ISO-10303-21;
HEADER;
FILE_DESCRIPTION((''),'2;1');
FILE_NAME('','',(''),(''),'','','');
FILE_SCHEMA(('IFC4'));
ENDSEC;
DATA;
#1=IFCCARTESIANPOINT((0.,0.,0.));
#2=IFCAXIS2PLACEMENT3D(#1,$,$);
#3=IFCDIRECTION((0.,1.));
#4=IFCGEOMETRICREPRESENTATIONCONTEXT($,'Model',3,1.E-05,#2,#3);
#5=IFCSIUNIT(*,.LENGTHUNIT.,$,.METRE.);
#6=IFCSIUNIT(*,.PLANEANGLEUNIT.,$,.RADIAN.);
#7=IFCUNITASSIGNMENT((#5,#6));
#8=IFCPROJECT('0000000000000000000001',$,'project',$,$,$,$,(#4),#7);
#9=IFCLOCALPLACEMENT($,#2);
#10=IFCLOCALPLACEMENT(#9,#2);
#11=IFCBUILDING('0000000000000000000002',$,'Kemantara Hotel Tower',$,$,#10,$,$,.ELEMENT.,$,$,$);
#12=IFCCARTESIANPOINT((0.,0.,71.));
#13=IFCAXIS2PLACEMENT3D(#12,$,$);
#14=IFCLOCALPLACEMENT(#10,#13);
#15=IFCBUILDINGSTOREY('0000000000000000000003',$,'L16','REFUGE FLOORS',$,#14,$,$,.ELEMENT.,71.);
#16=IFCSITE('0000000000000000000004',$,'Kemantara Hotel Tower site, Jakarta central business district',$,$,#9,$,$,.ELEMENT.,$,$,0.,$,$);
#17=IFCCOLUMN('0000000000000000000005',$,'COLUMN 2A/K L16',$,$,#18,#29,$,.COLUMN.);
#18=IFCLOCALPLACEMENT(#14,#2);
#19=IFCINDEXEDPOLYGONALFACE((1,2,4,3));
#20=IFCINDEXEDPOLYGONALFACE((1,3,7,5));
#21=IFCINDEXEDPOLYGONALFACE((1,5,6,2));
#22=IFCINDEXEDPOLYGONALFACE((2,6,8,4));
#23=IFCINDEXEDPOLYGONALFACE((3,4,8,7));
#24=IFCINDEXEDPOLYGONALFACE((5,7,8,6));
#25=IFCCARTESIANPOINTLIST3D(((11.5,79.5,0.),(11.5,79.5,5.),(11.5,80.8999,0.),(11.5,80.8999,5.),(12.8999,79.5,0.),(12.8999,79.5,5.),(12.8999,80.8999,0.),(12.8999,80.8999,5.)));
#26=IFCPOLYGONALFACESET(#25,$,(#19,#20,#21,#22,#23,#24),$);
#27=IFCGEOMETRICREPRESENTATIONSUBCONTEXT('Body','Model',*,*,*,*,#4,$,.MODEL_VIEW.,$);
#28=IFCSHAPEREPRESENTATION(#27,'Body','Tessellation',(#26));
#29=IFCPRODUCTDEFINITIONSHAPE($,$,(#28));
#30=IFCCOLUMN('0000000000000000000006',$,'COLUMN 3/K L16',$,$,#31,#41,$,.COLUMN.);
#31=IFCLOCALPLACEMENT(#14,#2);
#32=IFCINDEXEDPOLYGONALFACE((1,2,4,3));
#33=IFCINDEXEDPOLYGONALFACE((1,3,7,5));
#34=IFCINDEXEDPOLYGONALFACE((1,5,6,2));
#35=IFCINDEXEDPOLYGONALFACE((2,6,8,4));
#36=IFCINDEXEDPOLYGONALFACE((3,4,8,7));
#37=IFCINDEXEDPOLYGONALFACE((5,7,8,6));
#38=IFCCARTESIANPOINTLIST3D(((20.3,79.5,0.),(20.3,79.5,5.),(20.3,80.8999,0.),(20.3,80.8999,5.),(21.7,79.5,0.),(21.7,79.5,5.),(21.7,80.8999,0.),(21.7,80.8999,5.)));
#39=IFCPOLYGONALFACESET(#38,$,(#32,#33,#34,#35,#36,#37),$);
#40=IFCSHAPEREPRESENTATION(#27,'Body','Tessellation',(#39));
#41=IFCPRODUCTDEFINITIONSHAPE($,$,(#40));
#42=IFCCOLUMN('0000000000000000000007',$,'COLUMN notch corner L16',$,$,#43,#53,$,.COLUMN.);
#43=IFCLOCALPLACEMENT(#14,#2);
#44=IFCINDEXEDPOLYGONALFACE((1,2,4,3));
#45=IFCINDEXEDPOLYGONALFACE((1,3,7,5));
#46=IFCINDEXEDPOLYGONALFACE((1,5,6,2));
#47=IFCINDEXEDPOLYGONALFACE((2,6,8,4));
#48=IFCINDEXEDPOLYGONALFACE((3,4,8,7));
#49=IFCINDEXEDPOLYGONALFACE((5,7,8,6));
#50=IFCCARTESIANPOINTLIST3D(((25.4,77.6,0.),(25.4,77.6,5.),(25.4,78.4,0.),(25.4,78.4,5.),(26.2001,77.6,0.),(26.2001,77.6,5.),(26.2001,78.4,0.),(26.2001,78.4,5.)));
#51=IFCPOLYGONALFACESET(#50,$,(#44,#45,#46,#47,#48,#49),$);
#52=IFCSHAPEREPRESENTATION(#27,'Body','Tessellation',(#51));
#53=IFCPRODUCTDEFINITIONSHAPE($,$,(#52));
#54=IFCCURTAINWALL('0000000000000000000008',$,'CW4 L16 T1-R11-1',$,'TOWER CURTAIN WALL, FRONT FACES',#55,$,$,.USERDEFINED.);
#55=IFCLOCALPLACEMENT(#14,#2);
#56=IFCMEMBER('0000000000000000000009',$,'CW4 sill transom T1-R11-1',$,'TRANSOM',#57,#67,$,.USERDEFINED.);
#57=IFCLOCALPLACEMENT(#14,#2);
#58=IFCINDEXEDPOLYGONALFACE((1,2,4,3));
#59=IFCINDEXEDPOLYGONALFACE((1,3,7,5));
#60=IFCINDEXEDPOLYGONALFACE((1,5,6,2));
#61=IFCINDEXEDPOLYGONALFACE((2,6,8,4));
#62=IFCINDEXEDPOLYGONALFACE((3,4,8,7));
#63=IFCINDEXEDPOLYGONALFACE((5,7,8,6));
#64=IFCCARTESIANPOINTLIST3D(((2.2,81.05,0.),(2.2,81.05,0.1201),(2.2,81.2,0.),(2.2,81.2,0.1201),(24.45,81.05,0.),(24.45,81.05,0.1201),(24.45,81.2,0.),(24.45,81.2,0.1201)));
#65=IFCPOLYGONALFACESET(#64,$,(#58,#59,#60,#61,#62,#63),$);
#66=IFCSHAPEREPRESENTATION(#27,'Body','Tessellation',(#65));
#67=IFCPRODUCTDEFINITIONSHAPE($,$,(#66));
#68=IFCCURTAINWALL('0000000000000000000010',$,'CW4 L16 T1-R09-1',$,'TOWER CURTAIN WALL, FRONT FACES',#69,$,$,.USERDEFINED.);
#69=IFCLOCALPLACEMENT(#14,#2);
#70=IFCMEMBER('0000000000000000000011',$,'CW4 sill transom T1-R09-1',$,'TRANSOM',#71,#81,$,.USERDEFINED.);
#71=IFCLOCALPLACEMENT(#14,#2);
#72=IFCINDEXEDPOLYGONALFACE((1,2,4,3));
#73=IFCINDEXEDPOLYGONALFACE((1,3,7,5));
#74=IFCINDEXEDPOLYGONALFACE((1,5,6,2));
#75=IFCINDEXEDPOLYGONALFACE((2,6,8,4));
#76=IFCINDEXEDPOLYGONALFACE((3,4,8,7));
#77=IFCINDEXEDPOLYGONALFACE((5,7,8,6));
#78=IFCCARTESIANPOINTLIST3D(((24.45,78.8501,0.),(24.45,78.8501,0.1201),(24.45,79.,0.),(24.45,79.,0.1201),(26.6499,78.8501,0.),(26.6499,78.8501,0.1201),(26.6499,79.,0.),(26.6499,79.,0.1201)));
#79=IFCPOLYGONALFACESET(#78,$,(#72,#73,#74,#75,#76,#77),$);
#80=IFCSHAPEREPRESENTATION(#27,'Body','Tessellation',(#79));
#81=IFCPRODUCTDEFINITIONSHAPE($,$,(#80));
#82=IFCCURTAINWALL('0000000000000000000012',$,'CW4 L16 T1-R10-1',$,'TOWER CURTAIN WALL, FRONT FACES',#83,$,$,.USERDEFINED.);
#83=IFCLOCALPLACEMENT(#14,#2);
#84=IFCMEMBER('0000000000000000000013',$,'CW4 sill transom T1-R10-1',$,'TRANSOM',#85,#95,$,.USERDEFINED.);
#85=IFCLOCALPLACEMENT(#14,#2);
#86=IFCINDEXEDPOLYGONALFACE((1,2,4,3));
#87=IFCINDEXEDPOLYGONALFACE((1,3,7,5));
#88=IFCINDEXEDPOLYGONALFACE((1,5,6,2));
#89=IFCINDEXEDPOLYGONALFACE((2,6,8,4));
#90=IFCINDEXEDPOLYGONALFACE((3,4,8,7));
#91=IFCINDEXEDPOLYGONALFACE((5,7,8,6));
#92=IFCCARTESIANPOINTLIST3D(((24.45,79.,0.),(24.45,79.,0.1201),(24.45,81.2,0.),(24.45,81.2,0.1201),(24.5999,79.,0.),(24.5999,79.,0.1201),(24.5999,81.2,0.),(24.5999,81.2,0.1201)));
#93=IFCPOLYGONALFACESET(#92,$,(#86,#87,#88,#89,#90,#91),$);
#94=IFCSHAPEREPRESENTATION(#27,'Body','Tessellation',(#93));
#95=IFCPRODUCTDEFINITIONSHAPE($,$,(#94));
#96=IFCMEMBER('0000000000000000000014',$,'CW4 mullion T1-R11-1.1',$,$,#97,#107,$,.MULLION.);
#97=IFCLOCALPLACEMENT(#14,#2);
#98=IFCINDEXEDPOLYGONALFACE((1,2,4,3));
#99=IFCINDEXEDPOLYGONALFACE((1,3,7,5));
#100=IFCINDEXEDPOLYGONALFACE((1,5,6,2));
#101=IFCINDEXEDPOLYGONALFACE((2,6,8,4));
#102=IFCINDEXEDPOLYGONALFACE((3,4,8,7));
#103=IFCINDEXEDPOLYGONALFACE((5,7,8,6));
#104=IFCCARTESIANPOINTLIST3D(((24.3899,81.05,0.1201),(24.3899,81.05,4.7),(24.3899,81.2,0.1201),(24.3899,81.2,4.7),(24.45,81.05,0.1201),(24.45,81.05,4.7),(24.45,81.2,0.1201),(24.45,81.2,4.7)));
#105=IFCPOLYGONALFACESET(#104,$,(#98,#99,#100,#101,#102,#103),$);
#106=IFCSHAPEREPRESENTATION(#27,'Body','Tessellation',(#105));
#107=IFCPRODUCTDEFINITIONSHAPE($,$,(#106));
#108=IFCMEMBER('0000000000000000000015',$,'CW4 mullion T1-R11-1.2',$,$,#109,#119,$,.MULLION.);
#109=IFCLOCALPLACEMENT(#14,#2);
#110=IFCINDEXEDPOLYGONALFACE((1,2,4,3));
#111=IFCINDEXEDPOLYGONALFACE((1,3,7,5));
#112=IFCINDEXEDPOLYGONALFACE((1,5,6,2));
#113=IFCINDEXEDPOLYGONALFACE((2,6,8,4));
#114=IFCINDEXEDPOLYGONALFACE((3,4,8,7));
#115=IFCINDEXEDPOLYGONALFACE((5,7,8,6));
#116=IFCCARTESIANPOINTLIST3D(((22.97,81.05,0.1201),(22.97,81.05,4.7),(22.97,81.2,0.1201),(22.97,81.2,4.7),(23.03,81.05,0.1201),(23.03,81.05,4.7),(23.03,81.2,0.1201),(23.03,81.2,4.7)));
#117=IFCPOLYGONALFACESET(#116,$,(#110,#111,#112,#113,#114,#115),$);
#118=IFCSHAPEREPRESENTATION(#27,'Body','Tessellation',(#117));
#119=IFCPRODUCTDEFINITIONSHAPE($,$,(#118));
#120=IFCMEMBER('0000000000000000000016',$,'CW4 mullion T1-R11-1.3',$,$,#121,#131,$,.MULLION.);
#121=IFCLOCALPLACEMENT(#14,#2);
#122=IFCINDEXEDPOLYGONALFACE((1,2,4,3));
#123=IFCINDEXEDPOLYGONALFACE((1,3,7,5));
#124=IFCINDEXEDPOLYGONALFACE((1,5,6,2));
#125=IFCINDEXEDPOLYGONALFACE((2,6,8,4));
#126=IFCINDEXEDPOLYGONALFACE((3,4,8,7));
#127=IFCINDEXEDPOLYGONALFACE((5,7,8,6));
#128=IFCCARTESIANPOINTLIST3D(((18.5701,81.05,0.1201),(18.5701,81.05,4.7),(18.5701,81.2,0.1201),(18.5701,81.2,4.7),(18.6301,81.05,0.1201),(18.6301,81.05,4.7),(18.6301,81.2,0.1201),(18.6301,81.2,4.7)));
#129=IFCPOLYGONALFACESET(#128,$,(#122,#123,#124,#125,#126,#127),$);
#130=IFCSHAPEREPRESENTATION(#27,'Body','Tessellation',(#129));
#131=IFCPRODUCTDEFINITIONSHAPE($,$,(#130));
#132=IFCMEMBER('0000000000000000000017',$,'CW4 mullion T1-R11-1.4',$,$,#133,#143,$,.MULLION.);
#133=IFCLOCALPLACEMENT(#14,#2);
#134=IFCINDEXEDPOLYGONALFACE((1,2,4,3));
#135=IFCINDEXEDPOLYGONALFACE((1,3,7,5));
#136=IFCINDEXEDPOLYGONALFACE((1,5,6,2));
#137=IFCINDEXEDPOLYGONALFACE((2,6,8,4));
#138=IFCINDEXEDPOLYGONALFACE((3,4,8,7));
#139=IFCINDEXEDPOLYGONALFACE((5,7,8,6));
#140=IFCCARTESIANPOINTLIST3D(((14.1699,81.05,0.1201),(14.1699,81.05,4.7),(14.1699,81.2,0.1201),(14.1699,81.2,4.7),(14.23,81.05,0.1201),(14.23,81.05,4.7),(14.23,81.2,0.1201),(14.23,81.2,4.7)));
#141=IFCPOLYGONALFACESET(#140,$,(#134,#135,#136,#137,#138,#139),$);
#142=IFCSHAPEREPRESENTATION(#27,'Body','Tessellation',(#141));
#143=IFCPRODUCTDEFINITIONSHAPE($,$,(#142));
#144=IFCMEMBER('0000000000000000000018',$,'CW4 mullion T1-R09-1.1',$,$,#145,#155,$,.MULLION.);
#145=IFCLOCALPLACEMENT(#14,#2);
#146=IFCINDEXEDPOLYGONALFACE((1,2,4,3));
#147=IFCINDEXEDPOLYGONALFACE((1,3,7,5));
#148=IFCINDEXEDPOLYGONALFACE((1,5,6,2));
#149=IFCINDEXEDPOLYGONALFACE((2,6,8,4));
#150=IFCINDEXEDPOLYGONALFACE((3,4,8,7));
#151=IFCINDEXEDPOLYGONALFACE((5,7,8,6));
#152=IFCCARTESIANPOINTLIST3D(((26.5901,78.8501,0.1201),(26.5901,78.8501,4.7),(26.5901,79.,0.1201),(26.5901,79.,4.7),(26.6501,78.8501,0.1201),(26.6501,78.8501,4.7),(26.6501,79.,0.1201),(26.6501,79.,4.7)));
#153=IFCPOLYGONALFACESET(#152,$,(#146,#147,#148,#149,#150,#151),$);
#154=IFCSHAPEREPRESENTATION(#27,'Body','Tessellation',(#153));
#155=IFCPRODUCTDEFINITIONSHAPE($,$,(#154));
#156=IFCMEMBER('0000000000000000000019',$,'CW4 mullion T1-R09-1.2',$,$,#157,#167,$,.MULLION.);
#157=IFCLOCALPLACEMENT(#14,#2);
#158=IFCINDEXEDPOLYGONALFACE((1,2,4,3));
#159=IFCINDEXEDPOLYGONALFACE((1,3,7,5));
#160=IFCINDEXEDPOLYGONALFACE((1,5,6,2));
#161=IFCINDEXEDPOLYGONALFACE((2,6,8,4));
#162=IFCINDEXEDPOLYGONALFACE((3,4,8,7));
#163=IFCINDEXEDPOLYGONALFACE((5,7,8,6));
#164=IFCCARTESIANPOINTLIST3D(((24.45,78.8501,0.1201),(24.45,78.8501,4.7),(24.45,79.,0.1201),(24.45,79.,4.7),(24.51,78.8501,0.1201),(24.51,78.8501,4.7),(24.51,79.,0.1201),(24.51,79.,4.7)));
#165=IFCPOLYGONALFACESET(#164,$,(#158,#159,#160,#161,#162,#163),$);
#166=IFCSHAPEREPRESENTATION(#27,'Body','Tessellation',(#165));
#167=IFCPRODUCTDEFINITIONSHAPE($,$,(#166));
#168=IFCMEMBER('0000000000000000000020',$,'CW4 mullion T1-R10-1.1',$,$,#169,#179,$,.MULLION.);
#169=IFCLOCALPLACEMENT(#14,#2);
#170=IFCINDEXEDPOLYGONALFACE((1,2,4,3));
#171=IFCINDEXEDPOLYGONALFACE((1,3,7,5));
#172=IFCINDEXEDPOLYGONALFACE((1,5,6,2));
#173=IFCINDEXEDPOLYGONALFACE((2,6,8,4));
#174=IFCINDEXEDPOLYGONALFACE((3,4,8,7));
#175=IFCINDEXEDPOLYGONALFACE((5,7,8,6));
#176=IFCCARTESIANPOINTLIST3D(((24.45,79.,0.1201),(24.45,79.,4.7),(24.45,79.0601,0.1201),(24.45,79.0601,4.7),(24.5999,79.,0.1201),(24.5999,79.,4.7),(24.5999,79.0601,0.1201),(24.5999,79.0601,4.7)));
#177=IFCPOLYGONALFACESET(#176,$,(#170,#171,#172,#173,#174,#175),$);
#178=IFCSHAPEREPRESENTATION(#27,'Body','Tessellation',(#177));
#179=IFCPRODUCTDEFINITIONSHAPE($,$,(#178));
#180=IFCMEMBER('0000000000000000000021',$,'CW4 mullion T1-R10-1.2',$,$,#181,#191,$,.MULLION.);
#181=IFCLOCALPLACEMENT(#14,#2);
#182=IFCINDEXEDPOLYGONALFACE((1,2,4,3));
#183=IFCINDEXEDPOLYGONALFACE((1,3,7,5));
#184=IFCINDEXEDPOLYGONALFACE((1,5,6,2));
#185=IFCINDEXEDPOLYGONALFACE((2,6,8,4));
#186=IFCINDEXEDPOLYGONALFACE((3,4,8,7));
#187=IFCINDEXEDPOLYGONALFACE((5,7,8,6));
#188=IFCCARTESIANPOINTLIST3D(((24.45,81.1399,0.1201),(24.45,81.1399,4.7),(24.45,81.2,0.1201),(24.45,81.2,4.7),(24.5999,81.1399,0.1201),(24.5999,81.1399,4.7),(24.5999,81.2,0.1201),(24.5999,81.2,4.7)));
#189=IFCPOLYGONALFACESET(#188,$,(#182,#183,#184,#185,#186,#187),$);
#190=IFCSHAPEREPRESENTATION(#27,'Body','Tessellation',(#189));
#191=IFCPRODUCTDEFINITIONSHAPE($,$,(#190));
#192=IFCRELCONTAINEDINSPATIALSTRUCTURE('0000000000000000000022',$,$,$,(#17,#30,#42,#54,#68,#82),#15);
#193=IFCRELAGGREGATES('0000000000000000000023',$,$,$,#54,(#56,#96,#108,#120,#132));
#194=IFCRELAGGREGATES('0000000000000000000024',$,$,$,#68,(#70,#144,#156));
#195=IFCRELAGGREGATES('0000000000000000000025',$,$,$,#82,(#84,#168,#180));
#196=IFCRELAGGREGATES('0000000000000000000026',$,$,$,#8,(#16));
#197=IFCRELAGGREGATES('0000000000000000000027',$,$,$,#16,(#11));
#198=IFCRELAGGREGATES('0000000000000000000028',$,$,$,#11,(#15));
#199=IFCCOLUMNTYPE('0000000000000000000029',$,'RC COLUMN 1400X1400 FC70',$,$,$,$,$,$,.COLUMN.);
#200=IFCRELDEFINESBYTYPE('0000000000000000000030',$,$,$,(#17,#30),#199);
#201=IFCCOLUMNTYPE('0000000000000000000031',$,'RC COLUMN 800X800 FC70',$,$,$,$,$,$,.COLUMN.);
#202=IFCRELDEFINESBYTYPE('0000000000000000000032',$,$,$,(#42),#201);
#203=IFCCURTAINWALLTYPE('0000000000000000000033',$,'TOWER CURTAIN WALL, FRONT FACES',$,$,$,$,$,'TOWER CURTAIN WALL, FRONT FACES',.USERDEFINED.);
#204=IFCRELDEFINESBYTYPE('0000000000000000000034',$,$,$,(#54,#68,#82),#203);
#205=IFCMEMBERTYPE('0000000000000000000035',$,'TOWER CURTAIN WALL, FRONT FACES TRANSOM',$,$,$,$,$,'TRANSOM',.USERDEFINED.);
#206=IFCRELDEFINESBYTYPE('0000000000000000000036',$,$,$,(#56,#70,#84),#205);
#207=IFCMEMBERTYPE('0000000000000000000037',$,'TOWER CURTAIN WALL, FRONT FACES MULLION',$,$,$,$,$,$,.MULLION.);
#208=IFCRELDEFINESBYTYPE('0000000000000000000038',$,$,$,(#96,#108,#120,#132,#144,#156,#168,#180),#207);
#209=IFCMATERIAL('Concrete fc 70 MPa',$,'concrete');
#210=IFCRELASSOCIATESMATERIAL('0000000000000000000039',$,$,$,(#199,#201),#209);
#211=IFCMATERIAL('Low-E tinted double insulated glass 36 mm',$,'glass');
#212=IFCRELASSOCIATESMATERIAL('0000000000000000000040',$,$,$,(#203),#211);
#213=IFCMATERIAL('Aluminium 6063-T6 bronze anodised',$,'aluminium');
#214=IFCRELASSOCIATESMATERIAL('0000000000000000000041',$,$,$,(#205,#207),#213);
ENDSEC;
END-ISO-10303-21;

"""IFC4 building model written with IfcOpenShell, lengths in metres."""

from ifc_helpers import new_model, si_unit, direction, frame, origin, origin_2d, place, context, subcontext, project, spatial, rectangle, extrude, source, transform, mapped, material, material_profile, profile_set, type_object, element, aggregate, save


model = new_model("IFC4")

# Units and contexts
model_context = context("Model", 3, precision=1e-05, world=origin(), true_north=direction((0.0, 1.0)))
body_context = subcontext(model_context, "Body", "Model", "MODEL_VIEW")
ifc_project = project(units=[si_unit("LENGTHUNIT", "METRE"), si_unit("PLANEANGLEUNIT", "RADIAN")], contexts=[model_context])

# Site, building, storey
site_placement = place(None, origin())
site = spatial("IfcSite", under=ifc_project, at=site_placement, Name="Kemantara Hotel Tower site, Jakarta central business district", CompositionType="ELEMENT", RefElevation=0.0)
building_placement = place(site_placement, origin())
building = spatial("IfcBuilding", under=site, at=building_placement, Name="Kemantara Hotel Tower", CompositionType="ELEMENT")
storey_placement = place(building_placement, frame((0.0, 0.0, 71.0)))
storey = spatial("IfcBuildingStorey", under=building, at=storey_placement, Name="L16", Description="REFUGE FLOORS", CompositionType="ELEMENT", Elevation=71.0)

# Columns
ifc_material_1 = material(Name="Concrete fc 70 MPa", Category="concrete")
ifc_material_profile_1 = material_profile(ifc_material_1, rectangle(XDim=1.3999, YDim=1.3999, at=origin_2d()), Name="RC 1400X1400")
ifc_profile_set_1 = profile_set([ifc_material_profile_1], Name="Concrete fc 70 MPa")
column_type_1 = type_object("IfcColumnType", Name="RC COLUMN 1400X1400 FC70", PredefinedType="COLUMN", material=ifc_profile_set_1)
for number, where, z_axis, x_axis, name in (
    (1, (12.2, 80.2, 0.0), (0.0, 0.0, 1.0), (1.0, 0.0, 0.0), "COLUMN 2A/K L16"),
    (2, (21.0, 80.2, 0.0), (0.0, 0.0, 1.0), (1.0, 0.0, 0.0), "COLUMN 3/K L16"),
):
    element("IfcColumn", number, at=place(storey_placement, frame(where, z_axis=z_axis, x_axis=x_axis)), inside=storey, type_object=column_type_1, Name=name, PredefinedType="COLUMN", context=body_context, shape_type="SweptSolid", body=[
        extrude(rectangle(XDim=1.3999, YDim=1.3999, at=origin_2d()), origin(), (0.0, 0.0, 1.0), 5.0),
    ])
ifc_material_profile_2 = material_profile(ifc_material_1, rectangle(XDim=0.8, YDim=0.8, at=origin_2d()), Name="RC 800X800")
ifc_profile_set_2 = profile_set([ifc_material_profile_2], Name="Concrete fc 70 MPa")
column_type_2 = type_object("IfcColumnType", Name="RC COLUMN 800X800 FC70", PredefinedType="COLUMN", material=ifc_profile_set_2)
column_placement = place(storey_placement, frame((25.8, 78.0, 0.0), z_axis=(0.0, 0.0, 1.0), x_axis=(1.0, 0.0, 0.0)))
element("IfcColumn", 3, at=column_placement, inside=storey, type_object=column_type_2, Name="COLUMN notch corner L16", PredefinedType="COLUMN", context=body_context, shape_type="SweptSolid", body=[
    extrude(rectangle(XDim=0.8, YDim=0.8, at=origin_2d()), origin(), (0.0, 0.0, 1.0), 5.0),
])

# Curtain walls, members
ifc_material_2 = material(Name="Low-E tinted double insulated glass 36 mm", Category="glass")
curtain_wall_type = type_object("IfcCurtainWallType", Name="TOWER CURTAIN WALL, FRONT FACES", ElementType="TOWER CURTAIN WALL, FRONT FACES", PredefinedType="USERDEFINED", material=ifc_material_2)
curtain_wall_1_placement = place(storey_placement, origin())
curtain_wall_1 = element("IfcCurtainWall", 4, at=curtain_wall_1_placement, inside=storey, type_object=curtain_wall_type, Name="CW4 L16 T1-R11-1", ObjectType="TOWER CURTAIN WALL, FRONT FACES", PredefinedType="USERDEFINED")
ifc_material_3 = material(Name="Aluminium 6063-T6 bronze anodised", Category="aluminium")
ifc_material_profile_3 = material_profile(ifc_material_3, rectangle(XDim=0.1499, YDim=0.1201, at=origin_2d()), Name="TOWER CURTAIN WALL, FRONT FACES TRANSOM")
ifc_profile_set_3 = profile_set([ifc_material_profile_3], Name="Aluminium 6063-T6 bronze anodised")
member_type_1 = type_object("IfcMemberType", Name="TOWER CURTAIN WALL, FRONT FACES TRANSOM", ElementType="TRANSOM", PredefinedType="USERDEFINED", material=ifc_profile_set_3)
member_1_placement = place(storey_placement, frame((24.45, 81.125, 0.0601), z_axis=(-1.0, 0.0, 0.0), x_axis=(0.0, -1.0, 0.0)))
member_1 = element("IfcMember", 5, at=member_1_placement, type_object=member_type_1, Name="CW4 sill transom T1-R11-1", ObjectType="TRANSOM", PredefinedType="USERDEFINED", context=body_context, shape_type="SweptSolid", body=[
    extrude(rectangle(XDim=0.1499, YDim=0.1201, at=origin_2d()), origin(), (0.0, 0.0, 1.0), 22.25),
])
curtain_wall_2_placement = place(storey_placement, origin())
curtain_wall_2 = element("IfcCurtainWall", 6, at=curtain_wall_2_placement, inside=storey, type_object=curtain_wall_type, Name="CW4 L16 T1-R09-1", ObjectType="TOWER CURTAIN WALL, FRONT FACES", PredefinedType="USERDEFINED")
member_2_placement = place(storey_placement, frame((26.6499, 78.925, 0.0601), z_axis=(-1.0, 0.0, 0.0), x_axis=(0.0, -1.0, 0.0)))
member_2 = element("IfcMember", 7, at=member_2_placement, type_object=member_type_1, Name="CW4 sill transom T1-R09-1", ObjectType="TRANSOM", PredefinedType="USERDEFINED", context=body_context, shape_type="SweptSolid", body=[
    extrude(rectangle(XDim=0.1499, YDim=0.1201, at=origin_2d()), origin(), (0.0, 0.0, 1.0), 2.2),
])
curtain_wall_3_placement = place(storey_placement, origin())
curtain_wall_3 = element("IfcCurtainWall", 8, at=curtain_wall_3_placement, inside=storey, type_object=curtain_wall_type, Name="CW4 L16 T1-R10-1", ObjectType="TOWER CURTAIN WALL, FRONT FACES", PredefinedType="USERDEFINED")
member_3_placement = place(storey_placement, frame((24.5249, 79.0, 0.0601), z_axis=(0.0, 1.0, 0.0), x_axis=(-1.0, 0.0, 0.0)))
member_3 = element("IfcMember", 9, at=member_3_placement, type_object=member_type_1, Name="CW4 sill transom T1-R10-1", ObjectType="TRANSOM", PredefinedType="USERDEFINED", context=body_context, shape_type="SweptSolid", body=[
    extrude(rectangle(XDim=0.1499, YDim=0.1201, at=origin_2d()), origin(), (0.0, 0.0, 1.0), 2.2),
])

# Members
ifc_material_profile_4 = material_profile(ifc_material_3, rectangle(XDim=0.1499, YDim=0.0601, at=origin_2d()), Name="TOWER CURTAIN WALL, FRONT FACES MULLION")
ifc_profile_set_4 = profile_set([ifc_material_profile_4], Name="Aluminium 6063-T6 bronze anodised")
member_type_2 = type_object("IfcMemberType", Name="TOWER CURTAIN WALL, FRONT FACES MULLION", PredefinedType="MULLION", material=ifc_profile_set_4)
shared_shape_1 = source(origin(), body_context, "Body", "SweptSolid", [
    extrude(rectangle(XDim=0.1499, YDim=0.0601, at=origin_2d()), origin(), (0.0, 0.0, 1.0), 4.5798),
])
member_4_placement = place(storey_placement, frame((24.4199, 81.125, 0.1201), z_axis=(0.0, 0.0, 1.0), x_axis=(0.0, -1.0, 0.0)))
member_4 = element("IfcMember", 10, at=member_4_placement, type_object=member_type_2, Name="CW4 mullion T1-R11-1.1", PredefinedType="MULLION", context=body_context, shape_type="MappedRepresentation", body=[
    mapped(shared_shape_1, transform((0.0, 0.0, 0.0))),
])
member_5_placement = place(storey_placement, frame((23.0, 81.125, 0.1201), z_axis=(0.0, 0.0, 1.0), x_axis=(0.0, -1.0, 0.0)))
member_5 = element("IfcMember", 11, at=member_5_placement, type_object=member_type_2, Name="CW4 mullion T1-R11-1.2", PredefinedType="MULLION", context=body_context, shape_type="MappedRepresentation", body=[
    mapped(shared_shape_1, transform((0.0, 0.0, 0.0))),
])
member_6_placement = place(storey_placement, frame((18.6001, 81.125, 0.1201), z_axis=(0.0, 0.0, 1.0), x_axis=(0.0, -1.0, 0.0)))
member_6 = element("IfcMember", 12, at=member_6_placement, type_object=member_type_2, Name="CW4 mullion T1-R11-1.3", PredefinedType="MULLION", context=body_context, shape_type="MappedRepresentation", body=[
    mapped(shared_shape_1, transform((0.0, 0.0, 0.0))),
])
member_7_placement = place(storey_placement, frame((14.2, 81.125, 0.1201), z_axis=(0.0, 0.0, 1.0), x_axis=(0.0, -1.0, 0.0)))
member_7 = element("IfcMember", 13, at=member_7_placement, type_object=member_type_2, Name="CW4 mullion T1-R11-1.4", PredefinedType="MULLION", context=body_context, shape_type="MappedRepresentation", body=[
    mapped(shared_shape_1, transform((0.0, 0.0, 0.0))),
])
member_8_placement = place(storey_placement, frame((26.6201, 78.925, 0.1201), z_axis=(0.0, 0.0, 1.0), x_axis=(0.0, -1.0, 0.0)))
member_8 = element("IfcMember", 14, at=member_8_placement, type_object=member_type_2, Name="CW4 mullion T1-R09-1.1", PredefinedType="MULLION", context=body_context, shape_type="MappedRepresentation", body=[
    mapped(shared_shape_1, transform((0.0, 0.0, 0.0))),
])
member_9_placement = place(storey_placement, frame((24.48, 78.925, 0.1201), z_axis=(0.0, 0.0, 1.0), x_axis=(0.0, -1.0, 0.0)))
member_9 = element("IfcMember", 15, at=member_9_placement, type_object=member_type_2, Name="CW4 mullion T1-R09-1.2", PredefinedType="MULLION", context=body_context, shape_type="MappedRepresentation", body=[
    mapped(shared_shape_1, transform((0.0, 0.0, 0.0))),
])
member_10_placement = place(storey_placement, frame((24.5249, 79.03, 0.1201), z_axis=(0.0, 0.0, 1.0), x_axis=(-1.0, 0.0, 0.0)))
member_10 = element("IfcMember", 16, at=member_10_placement, type_object=member_type_2, Name="CW4 mullion T1-R10-1.1", PredefinedType="MULLION", context=body_context, shape_type="MappedRepresentation", body=[
    mapped(shared_shape_1, transform((0.0, 0.0, 0.0))),
])
member_11_placement = place(storey_placement, frame((24.5249, 81.1699, 0.1201), z_axis=(0.0, 0.0, 1.0), x_axis=(-1.0, 0.0, 0.0)))
member_11 = element("IfcMember", 17, at=member_11_placement, type_object=member_type_2, Name="CW4 mullion T1-R10-1.2", PredefinedType="MULLION", context=body_context, shape_type="MappedRepresentation", body=[
    mapped(shared_shape_1, transform((0.0, 0.0, 0.0))),
])

aggregate(curtain_wall_1, [member_1, member_4, member_5, member_6, member_7])
aggregate(curtain_wall_2, [member_2, member_8, member_9])
aggregate(curtain_wall_3, [member_3, member_10, member_11])

save(model, "model.ifc")
